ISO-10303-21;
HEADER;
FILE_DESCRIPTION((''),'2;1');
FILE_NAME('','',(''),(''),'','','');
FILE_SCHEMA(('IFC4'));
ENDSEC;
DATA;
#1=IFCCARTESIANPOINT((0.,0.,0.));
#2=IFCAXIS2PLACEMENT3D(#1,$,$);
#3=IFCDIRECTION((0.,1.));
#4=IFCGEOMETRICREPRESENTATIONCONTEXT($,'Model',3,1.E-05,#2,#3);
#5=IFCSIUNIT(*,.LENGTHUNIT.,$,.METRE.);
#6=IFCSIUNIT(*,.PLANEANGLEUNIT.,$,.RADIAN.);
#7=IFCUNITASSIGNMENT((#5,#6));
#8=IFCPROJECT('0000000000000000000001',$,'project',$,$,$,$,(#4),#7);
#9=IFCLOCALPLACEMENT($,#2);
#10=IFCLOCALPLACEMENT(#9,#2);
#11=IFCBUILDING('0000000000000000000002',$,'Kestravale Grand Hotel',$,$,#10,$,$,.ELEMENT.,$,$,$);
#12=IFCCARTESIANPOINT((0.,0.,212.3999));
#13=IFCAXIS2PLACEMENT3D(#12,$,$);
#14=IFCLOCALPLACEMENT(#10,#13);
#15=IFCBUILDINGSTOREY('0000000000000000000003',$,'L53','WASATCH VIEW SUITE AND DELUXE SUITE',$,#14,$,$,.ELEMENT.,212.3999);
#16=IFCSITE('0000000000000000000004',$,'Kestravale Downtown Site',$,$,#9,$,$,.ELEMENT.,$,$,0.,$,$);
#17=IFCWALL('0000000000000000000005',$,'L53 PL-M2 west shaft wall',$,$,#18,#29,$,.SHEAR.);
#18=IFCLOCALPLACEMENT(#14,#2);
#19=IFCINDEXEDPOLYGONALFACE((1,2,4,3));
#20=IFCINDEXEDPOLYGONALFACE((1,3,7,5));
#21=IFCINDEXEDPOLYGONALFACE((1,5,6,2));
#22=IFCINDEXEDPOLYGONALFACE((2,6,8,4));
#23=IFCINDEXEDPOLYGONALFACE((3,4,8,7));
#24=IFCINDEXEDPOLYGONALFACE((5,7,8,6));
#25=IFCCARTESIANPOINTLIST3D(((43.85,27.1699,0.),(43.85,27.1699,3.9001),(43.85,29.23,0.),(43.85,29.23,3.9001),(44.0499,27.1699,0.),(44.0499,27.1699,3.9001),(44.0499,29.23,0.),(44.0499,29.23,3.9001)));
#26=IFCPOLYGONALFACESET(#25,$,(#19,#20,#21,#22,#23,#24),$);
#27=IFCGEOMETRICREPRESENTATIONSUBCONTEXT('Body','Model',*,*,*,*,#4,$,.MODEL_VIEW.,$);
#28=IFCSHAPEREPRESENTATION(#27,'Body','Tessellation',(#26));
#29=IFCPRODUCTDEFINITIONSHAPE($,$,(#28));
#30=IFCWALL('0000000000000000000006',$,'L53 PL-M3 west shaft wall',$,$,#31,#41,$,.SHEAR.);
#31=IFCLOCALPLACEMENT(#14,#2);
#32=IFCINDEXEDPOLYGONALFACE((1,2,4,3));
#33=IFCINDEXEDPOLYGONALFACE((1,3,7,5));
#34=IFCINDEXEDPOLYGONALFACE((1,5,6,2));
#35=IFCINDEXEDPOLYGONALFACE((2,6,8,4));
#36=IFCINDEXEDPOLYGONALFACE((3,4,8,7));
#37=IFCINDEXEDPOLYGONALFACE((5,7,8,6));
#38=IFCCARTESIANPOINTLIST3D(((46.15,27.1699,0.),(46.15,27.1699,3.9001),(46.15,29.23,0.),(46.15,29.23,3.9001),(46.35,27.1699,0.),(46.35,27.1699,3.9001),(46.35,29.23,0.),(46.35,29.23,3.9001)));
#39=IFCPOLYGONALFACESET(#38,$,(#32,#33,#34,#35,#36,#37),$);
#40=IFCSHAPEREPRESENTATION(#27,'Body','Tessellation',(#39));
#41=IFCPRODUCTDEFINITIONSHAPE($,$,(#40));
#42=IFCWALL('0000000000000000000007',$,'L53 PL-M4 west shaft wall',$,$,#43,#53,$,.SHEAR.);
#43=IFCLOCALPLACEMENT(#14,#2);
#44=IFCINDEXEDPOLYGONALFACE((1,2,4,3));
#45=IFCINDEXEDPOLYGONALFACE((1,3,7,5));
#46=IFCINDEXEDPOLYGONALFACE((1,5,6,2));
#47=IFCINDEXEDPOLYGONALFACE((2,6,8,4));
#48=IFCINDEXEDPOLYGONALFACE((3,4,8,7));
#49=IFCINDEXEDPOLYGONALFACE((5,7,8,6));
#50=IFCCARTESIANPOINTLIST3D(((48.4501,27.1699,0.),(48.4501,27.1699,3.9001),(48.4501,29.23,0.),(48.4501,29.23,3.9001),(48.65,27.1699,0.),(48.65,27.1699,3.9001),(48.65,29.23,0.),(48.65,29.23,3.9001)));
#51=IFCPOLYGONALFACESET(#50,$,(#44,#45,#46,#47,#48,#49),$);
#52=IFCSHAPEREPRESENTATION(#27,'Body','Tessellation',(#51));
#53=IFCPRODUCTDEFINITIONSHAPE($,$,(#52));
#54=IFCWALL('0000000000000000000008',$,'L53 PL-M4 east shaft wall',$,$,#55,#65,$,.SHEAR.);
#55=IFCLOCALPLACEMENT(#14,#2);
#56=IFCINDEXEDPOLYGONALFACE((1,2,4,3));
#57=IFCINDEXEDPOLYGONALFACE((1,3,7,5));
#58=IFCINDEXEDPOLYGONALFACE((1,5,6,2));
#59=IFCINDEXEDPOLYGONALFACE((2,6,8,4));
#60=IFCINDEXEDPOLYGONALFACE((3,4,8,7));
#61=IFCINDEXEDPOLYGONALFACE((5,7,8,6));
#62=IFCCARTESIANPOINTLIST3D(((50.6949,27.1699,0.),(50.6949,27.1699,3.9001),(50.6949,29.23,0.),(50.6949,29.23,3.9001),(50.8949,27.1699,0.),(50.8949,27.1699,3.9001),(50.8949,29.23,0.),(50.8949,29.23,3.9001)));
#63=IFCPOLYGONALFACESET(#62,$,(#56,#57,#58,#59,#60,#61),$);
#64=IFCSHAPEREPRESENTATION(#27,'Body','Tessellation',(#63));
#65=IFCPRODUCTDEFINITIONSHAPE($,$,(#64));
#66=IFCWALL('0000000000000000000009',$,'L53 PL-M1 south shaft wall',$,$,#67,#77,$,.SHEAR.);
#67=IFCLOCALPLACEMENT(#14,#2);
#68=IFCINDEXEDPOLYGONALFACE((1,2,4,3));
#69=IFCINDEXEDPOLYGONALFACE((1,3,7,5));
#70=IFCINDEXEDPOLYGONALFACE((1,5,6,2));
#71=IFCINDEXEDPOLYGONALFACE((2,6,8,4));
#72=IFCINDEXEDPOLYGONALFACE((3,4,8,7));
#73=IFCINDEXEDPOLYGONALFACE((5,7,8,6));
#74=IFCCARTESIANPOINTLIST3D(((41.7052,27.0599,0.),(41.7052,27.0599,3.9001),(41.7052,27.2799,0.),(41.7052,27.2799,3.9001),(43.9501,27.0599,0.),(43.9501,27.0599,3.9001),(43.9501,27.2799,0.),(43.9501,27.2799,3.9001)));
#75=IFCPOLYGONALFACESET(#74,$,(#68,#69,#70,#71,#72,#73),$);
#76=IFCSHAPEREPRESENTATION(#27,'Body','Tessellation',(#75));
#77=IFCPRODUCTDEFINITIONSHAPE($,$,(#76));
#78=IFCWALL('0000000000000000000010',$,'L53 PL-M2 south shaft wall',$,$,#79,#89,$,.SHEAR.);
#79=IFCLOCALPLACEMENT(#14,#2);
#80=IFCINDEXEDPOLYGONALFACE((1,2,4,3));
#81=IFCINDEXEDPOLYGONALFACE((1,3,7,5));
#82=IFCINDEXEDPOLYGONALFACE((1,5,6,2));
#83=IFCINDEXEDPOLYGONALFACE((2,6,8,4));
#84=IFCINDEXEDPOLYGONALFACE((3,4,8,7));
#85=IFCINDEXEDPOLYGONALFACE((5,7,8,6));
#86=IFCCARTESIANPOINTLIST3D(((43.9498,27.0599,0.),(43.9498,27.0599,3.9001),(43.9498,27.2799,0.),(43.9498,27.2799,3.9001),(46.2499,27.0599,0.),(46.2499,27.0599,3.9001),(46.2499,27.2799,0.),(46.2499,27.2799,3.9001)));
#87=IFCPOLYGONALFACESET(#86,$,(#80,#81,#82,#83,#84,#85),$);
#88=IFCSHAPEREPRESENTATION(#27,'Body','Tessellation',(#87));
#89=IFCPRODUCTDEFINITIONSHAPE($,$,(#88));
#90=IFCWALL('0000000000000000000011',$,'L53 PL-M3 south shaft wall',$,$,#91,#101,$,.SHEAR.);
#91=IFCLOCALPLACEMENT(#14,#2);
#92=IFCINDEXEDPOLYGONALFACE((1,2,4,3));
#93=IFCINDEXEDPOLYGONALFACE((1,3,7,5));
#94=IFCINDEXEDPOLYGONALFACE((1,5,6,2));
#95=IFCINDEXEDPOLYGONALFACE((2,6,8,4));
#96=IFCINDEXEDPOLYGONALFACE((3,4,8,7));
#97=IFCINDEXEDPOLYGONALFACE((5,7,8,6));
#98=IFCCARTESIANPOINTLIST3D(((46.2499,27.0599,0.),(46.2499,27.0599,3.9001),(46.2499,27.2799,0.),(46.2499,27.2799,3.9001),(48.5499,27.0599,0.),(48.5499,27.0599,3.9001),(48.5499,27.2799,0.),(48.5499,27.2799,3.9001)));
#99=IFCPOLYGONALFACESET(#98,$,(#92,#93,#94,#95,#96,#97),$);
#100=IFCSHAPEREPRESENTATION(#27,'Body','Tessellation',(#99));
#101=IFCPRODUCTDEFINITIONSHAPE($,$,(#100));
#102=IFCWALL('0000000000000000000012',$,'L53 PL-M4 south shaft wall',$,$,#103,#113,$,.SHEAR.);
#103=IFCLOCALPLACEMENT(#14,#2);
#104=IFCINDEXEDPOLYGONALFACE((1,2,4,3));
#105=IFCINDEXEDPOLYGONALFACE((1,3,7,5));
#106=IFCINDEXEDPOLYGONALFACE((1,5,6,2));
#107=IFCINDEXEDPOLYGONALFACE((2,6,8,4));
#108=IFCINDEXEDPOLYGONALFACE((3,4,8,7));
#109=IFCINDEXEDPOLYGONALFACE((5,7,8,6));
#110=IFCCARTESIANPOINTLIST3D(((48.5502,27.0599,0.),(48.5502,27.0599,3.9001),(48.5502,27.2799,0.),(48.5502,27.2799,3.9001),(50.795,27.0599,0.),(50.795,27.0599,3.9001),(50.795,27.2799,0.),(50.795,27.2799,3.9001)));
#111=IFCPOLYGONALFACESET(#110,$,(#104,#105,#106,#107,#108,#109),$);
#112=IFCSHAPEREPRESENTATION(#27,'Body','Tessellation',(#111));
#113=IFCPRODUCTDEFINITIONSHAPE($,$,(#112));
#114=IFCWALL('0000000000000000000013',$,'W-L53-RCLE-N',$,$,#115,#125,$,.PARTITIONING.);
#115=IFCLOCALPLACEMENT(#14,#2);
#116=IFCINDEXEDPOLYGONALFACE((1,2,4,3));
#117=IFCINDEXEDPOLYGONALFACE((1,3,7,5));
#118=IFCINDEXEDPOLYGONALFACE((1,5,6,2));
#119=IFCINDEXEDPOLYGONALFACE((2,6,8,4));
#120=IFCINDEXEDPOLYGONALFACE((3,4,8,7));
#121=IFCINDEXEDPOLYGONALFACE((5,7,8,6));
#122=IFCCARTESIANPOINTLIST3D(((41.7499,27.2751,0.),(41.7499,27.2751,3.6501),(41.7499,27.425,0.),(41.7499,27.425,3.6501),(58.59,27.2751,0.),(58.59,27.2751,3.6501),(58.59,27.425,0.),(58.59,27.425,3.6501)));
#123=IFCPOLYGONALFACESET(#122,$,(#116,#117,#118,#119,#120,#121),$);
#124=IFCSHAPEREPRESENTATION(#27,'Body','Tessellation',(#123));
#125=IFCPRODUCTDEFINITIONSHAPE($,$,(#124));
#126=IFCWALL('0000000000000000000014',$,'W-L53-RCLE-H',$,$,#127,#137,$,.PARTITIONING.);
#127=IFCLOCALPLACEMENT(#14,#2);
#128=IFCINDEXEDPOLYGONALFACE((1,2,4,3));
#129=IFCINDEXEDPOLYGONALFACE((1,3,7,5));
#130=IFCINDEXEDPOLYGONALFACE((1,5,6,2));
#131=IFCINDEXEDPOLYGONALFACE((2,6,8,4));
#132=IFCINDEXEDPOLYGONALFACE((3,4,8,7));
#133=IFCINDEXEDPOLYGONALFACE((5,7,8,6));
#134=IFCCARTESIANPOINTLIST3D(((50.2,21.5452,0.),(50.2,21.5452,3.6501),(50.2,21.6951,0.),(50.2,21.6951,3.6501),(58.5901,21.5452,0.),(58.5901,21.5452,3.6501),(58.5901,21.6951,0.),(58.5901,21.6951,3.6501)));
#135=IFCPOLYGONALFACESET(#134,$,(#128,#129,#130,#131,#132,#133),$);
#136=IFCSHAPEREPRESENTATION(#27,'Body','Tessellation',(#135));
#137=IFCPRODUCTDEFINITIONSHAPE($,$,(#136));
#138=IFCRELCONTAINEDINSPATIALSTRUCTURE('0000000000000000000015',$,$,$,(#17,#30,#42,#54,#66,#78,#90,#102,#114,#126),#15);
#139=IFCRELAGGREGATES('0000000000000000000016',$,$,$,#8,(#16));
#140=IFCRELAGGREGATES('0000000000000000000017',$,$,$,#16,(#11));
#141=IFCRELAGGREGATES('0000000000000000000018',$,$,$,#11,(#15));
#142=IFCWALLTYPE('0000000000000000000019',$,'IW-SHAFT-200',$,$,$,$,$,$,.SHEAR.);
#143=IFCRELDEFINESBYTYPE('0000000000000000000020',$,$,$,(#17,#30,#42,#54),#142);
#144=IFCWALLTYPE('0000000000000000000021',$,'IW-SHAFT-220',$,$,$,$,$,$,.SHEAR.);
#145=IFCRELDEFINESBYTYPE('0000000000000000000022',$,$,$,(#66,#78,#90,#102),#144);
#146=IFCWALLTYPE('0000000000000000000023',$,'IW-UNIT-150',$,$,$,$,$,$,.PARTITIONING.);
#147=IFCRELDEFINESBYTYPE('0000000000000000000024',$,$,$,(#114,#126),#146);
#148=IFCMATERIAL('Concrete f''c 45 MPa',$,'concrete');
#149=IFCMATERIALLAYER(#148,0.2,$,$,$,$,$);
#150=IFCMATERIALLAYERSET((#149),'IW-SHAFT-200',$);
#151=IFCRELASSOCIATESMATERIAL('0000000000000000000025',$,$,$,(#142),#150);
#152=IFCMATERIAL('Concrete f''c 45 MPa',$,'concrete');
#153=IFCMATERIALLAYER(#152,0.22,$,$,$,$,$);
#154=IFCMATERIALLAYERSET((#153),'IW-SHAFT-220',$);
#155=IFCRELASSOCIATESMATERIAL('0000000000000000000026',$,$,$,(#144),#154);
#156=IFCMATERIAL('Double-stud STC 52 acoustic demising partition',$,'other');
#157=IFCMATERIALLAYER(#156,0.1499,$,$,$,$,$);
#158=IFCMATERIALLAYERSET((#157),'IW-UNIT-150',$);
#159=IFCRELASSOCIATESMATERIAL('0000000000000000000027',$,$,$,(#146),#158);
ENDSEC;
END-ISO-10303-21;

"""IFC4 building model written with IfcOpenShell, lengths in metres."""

from ifc_helpers import new_model, si_unit, direction, frame, frame_2d, origin, place, context, subcontext, project, spatial, rectangle, extrude, material, layer, layer_set, type_object, element, save


model = new_model("IFC4")

# Units and contexts
model_context = context("Model", 3, precision=1e-05, world=origin(), true_north=direction((0.0, 1.0)))
body_context = subcontext(model_context, "Body", "Model", "MODEL_VIEW")
ifc_project = project(units=[si_unit("LENGTHUNIT", "METRE"), si_unit("PLANEANGLEUNIT", "RADIAN")], contexts=[model_context])

# Site, building, storey
site_placement = place(None, origin())
site = spatial("IfcSite", under=ifc_project, at=site_placement, Name="Kestravale Downtown Site", CompositionType="ELEMENT", RefElevation=0.0)
building_placement = place(site_placement, origin())
building = spatial("IfcBuilding", under=site, at=building_placement, Name="Kestravale Grand Hotel", CompositionType="ELEMENT")
storey_placement = place(building_placement, frame((0.0, 0.0, 212.3999)))
storey = spatial("IfcBuildingStorey", under=building, at=storey_placement, Name="L53", Description="WASATCH VIEW SUITE AND DELUXE SUITE", CompositionType="ELEMENT", Elevation=212.3999)

# Walls
ifc_material_1 = material(Name="Concrete f'c 45 MPa", Category="concrete")
ifc_layer_1 = layer(ifc_material_1, 0.2)
ifc_layer_set_1 = layer_set([ifc_layer_1], Name="IW-SHAFT-200")
wall_type_1 = type_object("IfcWallType", Name="IW-SHAFT-200", PredefinedType="SHEAR", material=ifc_layer_set_1)
for number, where, z_axis, x_axis, name in (
    (1, (43.95, 27.1699, 0.0), (0.0, 0.0, 1.0), (0.0, 1.0, 0.0), "L53 PL-M2 west shaft wall"),
    (2, (46.25, 27.1699, 0.0), (0.0, 0.0, 1.0), (0.0, 1.0, 0.0), "L53 PL-M3 west shaft wall"),
    (3, (48.55, 27.1699, 0.0), (0.0, 0.0, 1.0), (0.0, 1.0, 0.0), "L53 PL-M4 west shaft wall"),
    (4, (50.7949, 27.1699, 0.0), (0.0, 0.0, 1.0), (0.0, 1.0, 0.0), "L53 PL-M4 east shaft wall"),
):
    element("IfcWall", number, at=place(storey_placement, frame(where, z_axis=z_axis, x_axis=x_axis)), inside=storey, type_object=wall_type_1, Name=name, PredefinedType="SHEAR", context=body_context, shape_type="SweptSolid", body=[
        extrude(rectangle(XDim=2.0601, YDim=0.2, at=frame_2d((1.03, 0.0))), origin(), (0.0, 0.0, 1.0), 3.9001),
    ])

# Shared definitions
ifc_material_2 = material(Name="Concrete f'c 45 MPa", Category="concrete")
ifc_layer_2 = layer(ifc_material_2, 0.22)
ifc_layer_set_2 = layer_set([ifc_layer_2], Name="IW-SHAFT-220")
wall_type_2 = type_object("IfcWallType", Name="IW-SHAFT-220", PredefinedType="SHEAR", material=ifc_layer_set_2)

# Wall
wall_1_placement = place(storey_placement, frame((41.7051, 27.1699, 0.0), z_axis=(0.0, 0.0, 1.0), x_axis=(1.0, 0.0, 0.0)))
element("IfcWall", 5, at=wall_1_placement, inside=storey, type_object=wall_type_2, Name="L53 PL-M1 south shaft wall", PredefinedType="SHEAR", context=body_context, shape_type="SweptSolid", body=[
    extrude(rectangle(XDim=2.2449, YDim=0.22, at=frame_2d((1.1226, 0.0))), origin(), (0.0, 0.0, 1.0), 3.9001),
])

# Wall
wall_2_placement = place(storey_placement, frame((43.95, 27.1699, 0.0), z_axis=(0.0, 0.0, 1.0), x_axis=(1.0, 0.0, 0.0)))
element("IfcWall", 6, at=wall_2_placement, inside=storey, type_object=wall_type_2, Name="L53 PL-M2 south shaft wall", PredefinedType="SHEAR", context=body_context, shape_type="SweptSolid", body=[
    extrude(rectangle(XDim=2.3, YDim=0.22, at=frame_2d((1.1499, 0.0))), origin(), (0.0, 0.0, 1.0), 3.9001),
])

# Walls
wall_3_placement = place(storey_placement, frame((46.25, 27.1699, 0.0), z_axis=(0.0, 0.0, 1.0), x_axis=(1.0, 0.0, 0.0)))
element("IfcWall", 7, at=wall_3_placement, inside=storey, type_object=wall_type_2, Name="L53 PL-M3 south shaft wall", PredefinedType="SHEAR", context=body_context, shape_type="SweptSolid", body=[
    extrude(rectangle(XDim=2.3, YDim=0.22, at=frame_2d((1.1499, 0.0))), origin(), (0.0, 0.0, 1.0), 3.9001),
])
wall_4_placement = place(storey_placement, frame((48.55, 27.1699, 0.0), z_axis=(0.0, 0.0, 1.0), x_axis=(1.0, 0.0, 0.0)))
element("IfcWall", 8, at=wall_4_placement, inside=storey, type_object=wall_type_2, Name="L53 PL-M4 south shaft wall", PredefinedType="SHEAR", context=body_context, shape_type="SweptSolid", body=[
    extrude(rectangle(XDim=2.2449, YDim=0.22, at=frame_2d((1.1226, 0.0))), origin(), (0.0, 0.0, 1.0), 3.9001),
])
ifc_material_3 = material(Name="Double-stud STC 52 acoustic demising partition", Category="other")
ifc_layer_3 = layer(ifc_material_3, 0.1499)
ifc_layer_set_3 = layer_set([ifc_layer_3], Name="IW-UNIT-150")
wall_type_3 = type_object("IfcWallType", Name="IW-UNIT-150", PredefinedType="PARTITIONING", material=ifc_layer_set_3)
wall_5_placement = place(storey_placement, frame((41.75, 27.3501, 0.0), z_axis=(0.0, 0.0, 1.0), x_axis=(1.0, 0.0, 0.0)))
element("IfcWall", 9, at=wall_5_placement, inside=storey, type_object=wall_type_3, Name="W-L53-RCLE-N", PredefinedType="PARTITIONING", context=body_context, shape_type="SweptSolid", body=[
    extrude(rectangle(XDim=16.8401, YDim=0.1499, at=frame_2d((8.4199, 0.0))), origin(), (0.0, 0.0, 1.0), 3.6501),
])
wall_6_placement = place(storey_placement, frame((50.2, 21.6201, 0.0), z_axis=(0.0, 0.0, 1.0), x_axis=(1.0, 0.0, 0.0)))
element("IfcWall", 10, at=wall_6_placement, inside=storey, type_object=wall_type_3, Name="W-L53-RCLE-H", PredefinedType="PARTITIONING", context=body_context, shape_type="SweptSolid", body=[
    extrude(rectangle(XDim=8.3901, YDim=0.1499, at=frame_2d((4.1951, 0.0))), origin(), (0.0, 0.0, 1.0), 3.6501),
])

save(model, "model.ifc")
